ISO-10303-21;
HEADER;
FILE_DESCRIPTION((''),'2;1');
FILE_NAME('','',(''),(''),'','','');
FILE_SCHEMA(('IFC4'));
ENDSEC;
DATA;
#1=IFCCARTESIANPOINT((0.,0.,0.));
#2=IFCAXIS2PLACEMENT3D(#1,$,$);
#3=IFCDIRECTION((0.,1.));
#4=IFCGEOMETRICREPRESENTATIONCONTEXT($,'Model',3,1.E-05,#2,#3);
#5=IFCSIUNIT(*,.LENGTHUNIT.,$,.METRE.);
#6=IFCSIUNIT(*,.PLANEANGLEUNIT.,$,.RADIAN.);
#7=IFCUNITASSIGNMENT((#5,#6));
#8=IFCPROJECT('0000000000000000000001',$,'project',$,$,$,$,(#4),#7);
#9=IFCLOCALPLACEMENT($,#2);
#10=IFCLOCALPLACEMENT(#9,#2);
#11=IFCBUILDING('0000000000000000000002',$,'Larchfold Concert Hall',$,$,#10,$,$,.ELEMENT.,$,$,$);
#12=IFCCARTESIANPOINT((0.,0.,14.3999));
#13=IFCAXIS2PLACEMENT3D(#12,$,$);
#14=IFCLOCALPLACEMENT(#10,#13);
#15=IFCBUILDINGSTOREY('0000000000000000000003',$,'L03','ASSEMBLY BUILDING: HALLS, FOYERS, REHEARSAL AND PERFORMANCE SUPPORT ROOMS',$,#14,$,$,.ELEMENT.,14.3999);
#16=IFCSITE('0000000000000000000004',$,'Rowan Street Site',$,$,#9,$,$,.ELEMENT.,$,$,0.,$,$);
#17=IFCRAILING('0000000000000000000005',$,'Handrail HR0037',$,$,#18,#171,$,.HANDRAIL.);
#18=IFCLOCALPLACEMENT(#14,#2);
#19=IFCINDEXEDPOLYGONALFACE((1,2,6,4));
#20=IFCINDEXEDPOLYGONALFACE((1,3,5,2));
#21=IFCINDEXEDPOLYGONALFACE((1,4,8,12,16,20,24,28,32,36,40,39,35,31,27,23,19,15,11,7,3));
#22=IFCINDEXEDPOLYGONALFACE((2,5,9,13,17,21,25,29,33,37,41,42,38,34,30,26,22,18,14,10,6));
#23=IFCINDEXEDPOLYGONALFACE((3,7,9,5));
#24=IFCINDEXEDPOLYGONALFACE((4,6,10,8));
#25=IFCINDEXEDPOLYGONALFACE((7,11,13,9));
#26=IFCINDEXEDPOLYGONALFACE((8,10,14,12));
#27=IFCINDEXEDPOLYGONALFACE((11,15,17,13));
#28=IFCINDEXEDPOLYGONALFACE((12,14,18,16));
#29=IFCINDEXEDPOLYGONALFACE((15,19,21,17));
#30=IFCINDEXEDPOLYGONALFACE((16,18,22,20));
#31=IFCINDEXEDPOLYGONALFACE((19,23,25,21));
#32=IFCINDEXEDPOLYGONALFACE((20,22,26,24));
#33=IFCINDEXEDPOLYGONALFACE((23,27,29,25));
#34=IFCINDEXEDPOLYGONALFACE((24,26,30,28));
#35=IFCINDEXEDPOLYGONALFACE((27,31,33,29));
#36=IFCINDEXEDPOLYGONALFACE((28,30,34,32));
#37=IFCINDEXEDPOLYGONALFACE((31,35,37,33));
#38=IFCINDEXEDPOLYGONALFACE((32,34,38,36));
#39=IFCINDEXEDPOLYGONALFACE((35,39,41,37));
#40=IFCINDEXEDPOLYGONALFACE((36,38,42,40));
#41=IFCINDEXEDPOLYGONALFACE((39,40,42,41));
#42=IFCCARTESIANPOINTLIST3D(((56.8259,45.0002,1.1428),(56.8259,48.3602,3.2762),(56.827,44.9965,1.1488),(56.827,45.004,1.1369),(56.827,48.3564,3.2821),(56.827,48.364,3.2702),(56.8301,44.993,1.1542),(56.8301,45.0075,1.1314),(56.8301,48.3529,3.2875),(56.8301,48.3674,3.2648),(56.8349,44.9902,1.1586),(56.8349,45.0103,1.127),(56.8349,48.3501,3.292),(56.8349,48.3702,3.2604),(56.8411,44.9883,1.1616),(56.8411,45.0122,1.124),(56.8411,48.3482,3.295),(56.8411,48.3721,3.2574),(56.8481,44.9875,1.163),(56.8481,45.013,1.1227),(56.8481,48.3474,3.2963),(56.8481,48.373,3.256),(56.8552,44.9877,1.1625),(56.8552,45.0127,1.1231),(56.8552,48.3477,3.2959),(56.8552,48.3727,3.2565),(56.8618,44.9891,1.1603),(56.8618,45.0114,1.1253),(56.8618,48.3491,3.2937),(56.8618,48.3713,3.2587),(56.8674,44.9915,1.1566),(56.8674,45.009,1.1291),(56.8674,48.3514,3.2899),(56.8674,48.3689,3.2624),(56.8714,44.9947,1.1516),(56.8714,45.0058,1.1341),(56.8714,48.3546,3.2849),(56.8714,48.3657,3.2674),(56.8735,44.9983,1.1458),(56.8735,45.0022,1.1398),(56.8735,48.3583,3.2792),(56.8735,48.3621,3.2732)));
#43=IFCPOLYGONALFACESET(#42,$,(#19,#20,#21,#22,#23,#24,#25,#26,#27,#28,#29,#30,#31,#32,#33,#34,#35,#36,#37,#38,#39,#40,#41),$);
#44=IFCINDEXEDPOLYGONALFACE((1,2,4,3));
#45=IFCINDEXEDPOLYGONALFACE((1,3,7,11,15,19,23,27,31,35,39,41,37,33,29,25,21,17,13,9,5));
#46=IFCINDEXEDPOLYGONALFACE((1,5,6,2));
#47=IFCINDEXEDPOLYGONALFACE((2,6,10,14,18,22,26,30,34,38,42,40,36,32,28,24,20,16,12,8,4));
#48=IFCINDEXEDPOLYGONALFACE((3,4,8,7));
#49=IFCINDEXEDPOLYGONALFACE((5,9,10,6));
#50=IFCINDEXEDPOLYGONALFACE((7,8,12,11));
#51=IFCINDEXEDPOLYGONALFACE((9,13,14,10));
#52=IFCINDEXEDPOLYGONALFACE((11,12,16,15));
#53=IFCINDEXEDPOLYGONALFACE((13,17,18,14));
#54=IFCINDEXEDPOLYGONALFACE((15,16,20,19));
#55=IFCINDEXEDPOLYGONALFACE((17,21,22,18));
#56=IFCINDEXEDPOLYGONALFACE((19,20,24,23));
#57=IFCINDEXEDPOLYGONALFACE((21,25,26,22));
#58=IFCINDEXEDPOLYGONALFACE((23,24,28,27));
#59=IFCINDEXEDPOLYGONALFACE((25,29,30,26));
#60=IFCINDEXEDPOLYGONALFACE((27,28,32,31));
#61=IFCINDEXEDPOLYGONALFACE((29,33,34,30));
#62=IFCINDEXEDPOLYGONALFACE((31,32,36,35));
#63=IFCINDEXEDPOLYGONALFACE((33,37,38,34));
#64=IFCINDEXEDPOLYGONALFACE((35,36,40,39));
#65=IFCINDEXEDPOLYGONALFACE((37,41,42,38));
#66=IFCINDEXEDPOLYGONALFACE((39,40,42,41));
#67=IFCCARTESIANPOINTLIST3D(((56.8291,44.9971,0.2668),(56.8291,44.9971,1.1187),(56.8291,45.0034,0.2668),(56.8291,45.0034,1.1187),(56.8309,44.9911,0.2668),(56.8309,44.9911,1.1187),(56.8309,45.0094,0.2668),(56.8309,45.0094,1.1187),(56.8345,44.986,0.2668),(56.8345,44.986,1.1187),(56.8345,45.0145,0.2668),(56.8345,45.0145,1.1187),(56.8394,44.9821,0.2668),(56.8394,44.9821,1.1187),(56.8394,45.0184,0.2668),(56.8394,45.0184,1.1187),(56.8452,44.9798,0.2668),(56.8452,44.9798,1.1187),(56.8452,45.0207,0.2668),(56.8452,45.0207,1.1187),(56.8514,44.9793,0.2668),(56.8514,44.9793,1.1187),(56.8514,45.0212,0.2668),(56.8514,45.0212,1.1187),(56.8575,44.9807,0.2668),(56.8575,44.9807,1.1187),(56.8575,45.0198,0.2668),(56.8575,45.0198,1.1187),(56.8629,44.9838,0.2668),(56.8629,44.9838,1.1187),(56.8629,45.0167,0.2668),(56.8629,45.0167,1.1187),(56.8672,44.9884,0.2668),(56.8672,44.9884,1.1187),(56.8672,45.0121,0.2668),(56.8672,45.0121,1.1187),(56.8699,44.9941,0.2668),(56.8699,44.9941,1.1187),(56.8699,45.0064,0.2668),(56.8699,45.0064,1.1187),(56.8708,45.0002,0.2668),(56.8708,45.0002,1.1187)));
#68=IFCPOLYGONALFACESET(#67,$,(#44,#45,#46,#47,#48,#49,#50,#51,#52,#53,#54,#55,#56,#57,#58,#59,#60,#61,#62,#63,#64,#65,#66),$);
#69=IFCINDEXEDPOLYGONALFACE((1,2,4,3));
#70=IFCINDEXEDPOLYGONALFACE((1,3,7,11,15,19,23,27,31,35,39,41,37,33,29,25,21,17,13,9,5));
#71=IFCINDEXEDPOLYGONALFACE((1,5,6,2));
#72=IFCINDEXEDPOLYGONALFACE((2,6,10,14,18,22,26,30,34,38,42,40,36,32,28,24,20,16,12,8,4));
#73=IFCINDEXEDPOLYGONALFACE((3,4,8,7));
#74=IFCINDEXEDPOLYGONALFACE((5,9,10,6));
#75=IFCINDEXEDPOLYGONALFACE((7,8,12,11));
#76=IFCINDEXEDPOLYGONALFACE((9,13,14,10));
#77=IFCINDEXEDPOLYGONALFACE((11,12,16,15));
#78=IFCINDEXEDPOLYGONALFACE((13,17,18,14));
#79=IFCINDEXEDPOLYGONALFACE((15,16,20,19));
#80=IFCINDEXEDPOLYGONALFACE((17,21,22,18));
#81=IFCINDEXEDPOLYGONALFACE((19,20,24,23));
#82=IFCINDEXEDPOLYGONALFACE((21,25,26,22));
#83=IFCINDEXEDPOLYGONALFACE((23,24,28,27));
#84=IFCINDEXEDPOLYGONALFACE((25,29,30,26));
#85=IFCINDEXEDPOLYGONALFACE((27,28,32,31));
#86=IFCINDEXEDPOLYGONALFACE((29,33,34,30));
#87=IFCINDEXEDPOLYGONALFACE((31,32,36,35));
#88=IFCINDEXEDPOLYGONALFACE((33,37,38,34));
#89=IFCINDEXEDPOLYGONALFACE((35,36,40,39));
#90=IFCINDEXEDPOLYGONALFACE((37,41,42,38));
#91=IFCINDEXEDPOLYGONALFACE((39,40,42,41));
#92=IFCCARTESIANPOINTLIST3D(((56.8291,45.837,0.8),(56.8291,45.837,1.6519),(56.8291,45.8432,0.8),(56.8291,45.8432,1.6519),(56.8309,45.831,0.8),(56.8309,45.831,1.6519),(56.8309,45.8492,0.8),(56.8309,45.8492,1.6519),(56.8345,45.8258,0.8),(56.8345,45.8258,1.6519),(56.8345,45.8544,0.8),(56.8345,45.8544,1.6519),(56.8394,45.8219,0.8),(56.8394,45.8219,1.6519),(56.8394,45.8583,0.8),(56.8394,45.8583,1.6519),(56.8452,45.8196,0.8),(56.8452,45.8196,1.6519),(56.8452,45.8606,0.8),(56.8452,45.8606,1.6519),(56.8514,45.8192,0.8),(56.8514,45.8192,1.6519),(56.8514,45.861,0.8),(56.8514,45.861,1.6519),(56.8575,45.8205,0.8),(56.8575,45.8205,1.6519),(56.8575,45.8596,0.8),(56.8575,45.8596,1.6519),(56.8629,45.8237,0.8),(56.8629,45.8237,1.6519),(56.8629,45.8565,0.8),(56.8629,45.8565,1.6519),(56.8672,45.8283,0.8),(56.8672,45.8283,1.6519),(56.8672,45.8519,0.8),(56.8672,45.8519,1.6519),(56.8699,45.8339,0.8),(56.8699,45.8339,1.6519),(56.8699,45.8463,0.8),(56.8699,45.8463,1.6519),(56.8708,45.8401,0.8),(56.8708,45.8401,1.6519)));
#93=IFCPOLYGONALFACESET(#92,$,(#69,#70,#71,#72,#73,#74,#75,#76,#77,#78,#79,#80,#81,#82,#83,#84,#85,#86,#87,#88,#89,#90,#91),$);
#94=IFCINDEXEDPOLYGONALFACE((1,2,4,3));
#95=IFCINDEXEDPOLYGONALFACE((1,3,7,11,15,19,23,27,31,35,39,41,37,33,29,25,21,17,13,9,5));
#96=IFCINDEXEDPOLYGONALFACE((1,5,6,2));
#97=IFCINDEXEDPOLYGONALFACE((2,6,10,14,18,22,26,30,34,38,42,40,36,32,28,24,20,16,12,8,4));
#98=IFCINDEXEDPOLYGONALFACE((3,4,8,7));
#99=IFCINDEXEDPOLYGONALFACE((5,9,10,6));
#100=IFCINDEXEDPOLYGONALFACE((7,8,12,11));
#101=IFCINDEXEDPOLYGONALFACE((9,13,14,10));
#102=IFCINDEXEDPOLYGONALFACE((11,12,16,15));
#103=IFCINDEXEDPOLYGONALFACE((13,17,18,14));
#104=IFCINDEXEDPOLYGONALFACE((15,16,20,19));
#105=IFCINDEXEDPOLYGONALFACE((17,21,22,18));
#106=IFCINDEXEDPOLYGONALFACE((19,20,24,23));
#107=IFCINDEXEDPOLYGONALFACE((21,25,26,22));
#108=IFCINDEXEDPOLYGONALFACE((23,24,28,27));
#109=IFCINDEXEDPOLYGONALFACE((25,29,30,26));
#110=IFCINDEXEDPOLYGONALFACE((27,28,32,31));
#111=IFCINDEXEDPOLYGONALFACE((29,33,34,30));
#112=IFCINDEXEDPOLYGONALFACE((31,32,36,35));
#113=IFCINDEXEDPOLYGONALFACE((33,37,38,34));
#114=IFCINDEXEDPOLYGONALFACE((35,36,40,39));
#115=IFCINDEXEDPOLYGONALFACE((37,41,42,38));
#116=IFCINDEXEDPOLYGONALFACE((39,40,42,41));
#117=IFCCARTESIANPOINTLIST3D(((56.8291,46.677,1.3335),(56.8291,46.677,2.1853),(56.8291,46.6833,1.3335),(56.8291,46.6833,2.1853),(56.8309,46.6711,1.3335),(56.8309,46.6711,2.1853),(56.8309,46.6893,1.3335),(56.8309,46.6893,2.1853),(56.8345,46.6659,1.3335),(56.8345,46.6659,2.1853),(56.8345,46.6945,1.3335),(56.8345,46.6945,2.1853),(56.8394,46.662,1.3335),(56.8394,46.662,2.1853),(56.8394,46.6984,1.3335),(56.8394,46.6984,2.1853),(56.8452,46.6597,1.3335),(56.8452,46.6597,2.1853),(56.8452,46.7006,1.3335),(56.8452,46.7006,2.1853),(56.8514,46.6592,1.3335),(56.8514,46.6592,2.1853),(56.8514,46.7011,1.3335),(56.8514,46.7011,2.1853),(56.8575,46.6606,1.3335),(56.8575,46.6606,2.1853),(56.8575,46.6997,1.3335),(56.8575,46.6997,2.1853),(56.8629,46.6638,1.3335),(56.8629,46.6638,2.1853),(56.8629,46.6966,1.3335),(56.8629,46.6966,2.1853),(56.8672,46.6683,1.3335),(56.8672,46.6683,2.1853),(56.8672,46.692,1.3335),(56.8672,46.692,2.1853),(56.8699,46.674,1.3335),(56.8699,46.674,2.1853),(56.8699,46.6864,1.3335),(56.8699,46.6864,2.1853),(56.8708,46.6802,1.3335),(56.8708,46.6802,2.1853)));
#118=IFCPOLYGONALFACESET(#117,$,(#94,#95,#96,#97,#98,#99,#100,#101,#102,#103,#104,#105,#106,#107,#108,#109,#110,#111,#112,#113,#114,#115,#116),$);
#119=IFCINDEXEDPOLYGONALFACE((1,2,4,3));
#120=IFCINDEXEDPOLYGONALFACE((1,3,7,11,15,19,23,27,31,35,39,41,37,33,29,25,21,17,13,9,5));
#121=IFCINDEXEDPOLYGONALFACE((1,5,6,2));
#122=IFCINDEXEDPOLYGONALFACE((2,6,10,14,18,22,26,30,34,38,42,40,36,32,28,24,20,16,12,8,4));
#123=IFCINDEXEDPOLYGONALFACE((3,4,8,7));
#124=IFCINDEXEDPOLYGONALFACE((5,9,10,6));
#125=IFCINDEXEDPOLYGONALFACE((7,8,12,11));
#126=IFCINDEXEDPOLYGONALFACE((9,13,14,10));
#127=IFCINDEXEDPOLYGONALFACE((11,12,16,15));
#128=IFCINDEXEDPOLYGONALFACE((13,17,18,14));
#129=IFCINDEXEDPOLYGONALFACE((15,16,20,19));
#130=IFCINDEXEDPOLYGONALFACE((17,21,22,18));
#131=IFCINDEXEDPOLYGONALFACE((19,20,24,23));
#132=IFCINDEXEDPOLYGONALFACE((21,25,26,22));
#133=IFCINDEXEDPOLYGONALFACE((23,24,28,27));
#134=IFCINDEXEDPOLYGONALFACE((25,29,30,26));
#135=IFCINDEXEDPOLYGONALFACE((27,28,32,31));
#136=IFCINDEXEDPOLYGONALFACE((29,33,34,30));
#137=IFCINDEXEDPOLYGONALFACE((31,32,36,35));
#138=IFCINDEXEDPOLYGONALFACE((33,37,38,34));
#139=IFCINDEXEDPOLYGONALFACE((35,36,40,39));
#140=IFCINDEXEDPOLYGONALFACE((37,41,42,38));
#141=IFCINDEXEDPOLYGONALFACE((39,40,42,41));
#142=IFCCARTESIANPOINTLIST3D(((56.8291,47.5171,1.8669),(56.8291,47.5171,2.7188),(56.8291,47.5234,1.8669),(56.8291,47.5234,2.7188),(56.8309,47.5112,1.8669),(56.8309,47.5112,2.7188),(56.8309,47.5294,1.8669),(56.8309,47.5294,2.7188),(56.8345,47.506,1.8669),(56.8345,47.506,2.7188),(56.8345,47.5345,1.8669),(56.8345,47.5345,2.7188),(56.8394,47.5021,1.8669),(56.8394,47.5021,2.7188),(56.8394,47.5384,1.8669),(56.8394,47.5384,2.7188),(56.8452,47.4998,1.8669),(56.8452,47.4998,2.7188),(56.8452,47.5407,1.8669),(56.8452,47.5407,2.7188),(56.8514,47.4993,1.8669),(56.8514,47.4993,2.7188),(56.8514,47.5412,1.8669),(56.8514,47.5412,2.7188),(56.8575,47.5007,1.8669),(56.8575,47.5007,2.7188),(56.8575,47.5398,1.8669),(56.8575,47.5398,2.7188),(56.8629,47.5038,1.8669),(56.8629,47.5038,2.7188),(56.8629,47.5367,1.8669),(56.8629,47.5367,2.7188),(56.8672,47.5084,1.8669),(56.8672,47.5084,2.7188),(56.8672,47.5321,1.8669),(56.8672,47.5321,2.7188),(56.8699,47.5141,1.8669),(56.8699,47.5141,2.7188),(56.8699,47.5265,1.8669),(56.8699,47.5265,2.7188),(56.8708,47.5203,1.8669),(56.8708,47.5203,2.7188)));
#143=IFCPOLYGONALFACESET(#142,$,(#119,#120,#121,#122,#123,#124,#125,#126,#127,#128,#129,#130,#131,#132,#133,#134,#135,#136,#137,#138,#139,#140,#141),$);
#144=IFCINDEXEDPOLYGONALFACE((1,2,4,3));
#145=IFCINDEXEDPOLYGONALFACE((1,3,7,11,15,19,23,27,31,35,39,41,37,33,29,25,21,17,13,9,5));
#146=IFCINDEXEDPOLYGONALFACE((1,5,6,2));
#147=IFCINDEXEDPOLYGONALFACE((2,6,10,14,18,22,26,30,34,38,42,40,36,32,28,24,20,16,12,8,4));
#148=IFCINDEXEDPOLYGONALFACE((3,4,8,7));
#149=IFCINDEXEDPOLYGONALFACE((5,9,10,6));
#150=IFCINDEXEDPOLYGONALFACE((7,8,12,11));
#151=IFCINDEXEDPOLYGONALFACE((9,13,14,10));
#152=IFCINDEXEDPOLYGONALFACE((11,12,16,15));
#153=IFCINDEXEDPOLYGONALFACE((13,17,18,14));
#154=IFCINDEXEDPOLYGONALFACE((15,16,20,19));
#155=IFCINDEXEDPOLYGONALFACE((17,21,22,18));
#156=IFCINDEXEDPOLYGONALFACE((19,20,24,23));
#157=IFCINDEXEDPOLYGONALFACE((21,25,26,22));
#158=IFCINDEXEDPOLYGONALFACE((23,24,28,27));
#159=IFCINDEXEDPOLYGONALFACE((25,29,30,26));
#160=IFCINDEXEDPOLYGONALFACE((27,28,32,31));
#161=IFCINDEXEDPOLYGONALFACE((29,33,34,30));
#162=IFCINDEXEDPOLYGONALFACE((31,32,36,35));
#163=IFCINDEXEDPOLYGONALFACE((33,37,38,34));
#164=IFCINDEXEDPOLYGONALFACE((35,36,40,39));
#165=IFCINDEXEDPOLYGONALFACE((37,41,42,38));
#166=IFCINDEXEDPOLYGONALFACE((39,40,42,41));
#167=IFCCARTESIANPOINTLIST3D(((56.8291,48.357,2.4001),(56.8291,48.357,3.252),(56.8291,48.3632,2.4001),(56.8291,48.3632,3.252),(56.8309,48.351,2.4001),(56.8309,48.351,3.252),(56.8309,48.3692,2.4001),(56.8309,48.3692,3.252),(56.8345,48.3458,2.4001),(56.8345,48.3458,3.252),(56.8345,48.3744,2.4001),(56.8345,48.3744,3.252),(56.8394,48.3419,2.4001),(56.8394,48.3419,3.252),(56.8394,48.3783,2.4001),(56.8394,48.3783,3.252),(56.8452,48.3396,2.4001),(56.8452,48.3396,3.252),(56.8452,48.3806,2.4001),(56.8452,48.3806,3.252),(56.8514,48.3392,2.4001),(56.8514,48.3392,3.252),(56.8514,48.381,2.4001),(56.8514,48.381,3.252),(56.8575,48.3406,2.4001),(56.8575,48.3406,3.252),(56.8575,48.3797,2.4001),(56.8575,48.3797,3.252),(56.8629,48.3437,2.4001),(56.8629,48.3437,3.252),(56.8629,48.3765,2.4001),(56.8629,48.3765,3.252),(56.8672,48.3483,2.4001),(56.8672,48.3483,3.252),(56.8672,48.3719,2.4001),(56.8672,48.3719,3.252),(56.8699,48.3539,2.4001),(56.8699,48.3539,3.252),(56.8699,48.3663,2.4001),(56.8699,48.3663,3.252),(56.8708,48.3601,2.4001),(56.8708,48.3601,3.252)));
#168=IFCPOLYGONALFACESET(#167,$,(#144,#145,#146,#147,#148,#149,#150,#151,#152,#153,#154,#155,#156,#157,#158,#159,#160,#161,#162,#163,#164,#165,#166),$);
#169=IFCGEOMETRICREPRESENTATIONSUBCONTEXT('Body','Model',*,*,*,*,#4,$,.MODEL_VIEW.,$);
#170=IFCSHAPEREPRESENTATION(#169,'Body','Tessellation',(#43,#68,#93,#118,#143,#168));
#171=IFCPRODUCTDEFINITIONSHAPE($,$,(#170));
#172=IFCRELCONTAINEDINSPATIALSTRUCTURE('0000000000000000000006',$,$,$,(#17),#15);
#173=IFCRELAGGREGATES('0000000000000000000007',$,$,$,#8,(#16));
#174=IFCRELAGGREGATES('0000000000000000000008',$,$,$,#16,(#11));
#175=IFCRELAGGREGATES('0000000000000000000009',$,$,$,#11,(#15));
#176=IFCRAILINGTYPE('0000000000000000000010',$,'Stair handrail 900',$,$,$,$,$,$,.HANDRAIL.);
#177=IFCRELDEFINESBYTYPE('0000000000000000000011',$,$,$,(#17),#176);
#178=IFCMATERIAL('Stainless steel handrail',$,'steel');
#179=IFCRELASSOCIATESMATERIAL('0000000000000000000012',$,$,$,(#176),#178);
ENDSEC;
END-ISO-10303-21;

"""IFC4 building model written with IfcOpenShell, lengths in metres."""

from ifc_helpers import new_model, si_unit, direction, frame, origin, origin_2d, place, context, subcontext, project, spatial, circle, extrude, material, type_object, element, save


model = new_model("IFC4")

# Units and contexts
model_context = context("Model", 3, precision=1e-05, world=origin(), true_north=direction((0.0, 1.0)))
body_context = subcontext(model_context, "Body", "Model", "MODEL_VIEW")
ifc_project = project(units=[si_unit("LENGTHUNIT", "METRE"), si_unit("PLANEANGLEUNIT", "RADIAN")], contexts=[model_context])

# Site, building, storey
site_placement = place(None, origin())
site = spatial("IfcSite", under=ifc_project, at=site_placement, Name="Rowan Street Site", CompositionType="ELEMENT", RefElevation=0.0)
building_placement = place(site_placement, origin())
building = spatial("IfcBuilding", under=site, at=building_placement, Name="Larchfold Concert Hall", CompositionType="ELEMENT")
storey_placement = place(building_placement, frame((0.0, 0.0, 14.3999)))
storey = spatial("IfcBuildingStorey", under=building, at=storey_placement, Name="L03", Description="ASSEMBLY BUILDING: HALLS, FOYERS, REHEARSAL AND PERFORMANCE SUPPORT ROOMS", CompositionType="ELEMENT", Elevation=14.3999)

# Railing
ifc_material_1 = material(Name="Stainless steel handrail", Category="steel")
railing_type_1 = type_object("IfcRailingType", Name="Stair handrail 900", PredefinedType="HANDRAIL", material=ifc_material_1)
railing_1_placement = place(storey_placement, frame((56.8499, 45.0002, 0.2668)))
element("IfcRailing", 1, at=railing_1_placement, inside=storey, type_object=railing_type_1, Name="Handrail HR0037", PredefinedType="HANDRAIL", context=body_context, shape_type="SweptSolid", body=[
    extrude(circle(Radius=0.0239, at=origin_2d()), frame((0.0, 0.0, 0.876), z_axis=(0.0, 0.844207, 0.536018), x_axis=(-1.0, 0.0, 0.0)), (0.0, 0.0, 1.0), 3.98),
    extrude(circle(Radius=0.021, at=origin_2d()), origin(), (0.0, 0.0, 1.0), 0.8518),
    extrude(circle(Radius=0.021, at=origin_2d()), frame((0.0, 0.8398, 0.5332)), (0.0, 0.0, 1.0), 0.8518),
    extrude(circle(Radius=0.021, at=origin_2d()), frame((0.0, 1.6799, 1.0667)), (0.0, 0.0, 1.0), 0.8518),
    extrude(circle(Radius=0.021, at=origin_2d()), frame((0.0, 2.52, 1.6001)), (0.0, 0.0, 1.0), 0.8518),
    extrude(circle(Radius=0.021, at=origin_2d()), frame((0.0, 3.3599, 2.1333)), (0.0, 0.0, 1.0), 0.8518),
])

save(model, "model.ifc")
